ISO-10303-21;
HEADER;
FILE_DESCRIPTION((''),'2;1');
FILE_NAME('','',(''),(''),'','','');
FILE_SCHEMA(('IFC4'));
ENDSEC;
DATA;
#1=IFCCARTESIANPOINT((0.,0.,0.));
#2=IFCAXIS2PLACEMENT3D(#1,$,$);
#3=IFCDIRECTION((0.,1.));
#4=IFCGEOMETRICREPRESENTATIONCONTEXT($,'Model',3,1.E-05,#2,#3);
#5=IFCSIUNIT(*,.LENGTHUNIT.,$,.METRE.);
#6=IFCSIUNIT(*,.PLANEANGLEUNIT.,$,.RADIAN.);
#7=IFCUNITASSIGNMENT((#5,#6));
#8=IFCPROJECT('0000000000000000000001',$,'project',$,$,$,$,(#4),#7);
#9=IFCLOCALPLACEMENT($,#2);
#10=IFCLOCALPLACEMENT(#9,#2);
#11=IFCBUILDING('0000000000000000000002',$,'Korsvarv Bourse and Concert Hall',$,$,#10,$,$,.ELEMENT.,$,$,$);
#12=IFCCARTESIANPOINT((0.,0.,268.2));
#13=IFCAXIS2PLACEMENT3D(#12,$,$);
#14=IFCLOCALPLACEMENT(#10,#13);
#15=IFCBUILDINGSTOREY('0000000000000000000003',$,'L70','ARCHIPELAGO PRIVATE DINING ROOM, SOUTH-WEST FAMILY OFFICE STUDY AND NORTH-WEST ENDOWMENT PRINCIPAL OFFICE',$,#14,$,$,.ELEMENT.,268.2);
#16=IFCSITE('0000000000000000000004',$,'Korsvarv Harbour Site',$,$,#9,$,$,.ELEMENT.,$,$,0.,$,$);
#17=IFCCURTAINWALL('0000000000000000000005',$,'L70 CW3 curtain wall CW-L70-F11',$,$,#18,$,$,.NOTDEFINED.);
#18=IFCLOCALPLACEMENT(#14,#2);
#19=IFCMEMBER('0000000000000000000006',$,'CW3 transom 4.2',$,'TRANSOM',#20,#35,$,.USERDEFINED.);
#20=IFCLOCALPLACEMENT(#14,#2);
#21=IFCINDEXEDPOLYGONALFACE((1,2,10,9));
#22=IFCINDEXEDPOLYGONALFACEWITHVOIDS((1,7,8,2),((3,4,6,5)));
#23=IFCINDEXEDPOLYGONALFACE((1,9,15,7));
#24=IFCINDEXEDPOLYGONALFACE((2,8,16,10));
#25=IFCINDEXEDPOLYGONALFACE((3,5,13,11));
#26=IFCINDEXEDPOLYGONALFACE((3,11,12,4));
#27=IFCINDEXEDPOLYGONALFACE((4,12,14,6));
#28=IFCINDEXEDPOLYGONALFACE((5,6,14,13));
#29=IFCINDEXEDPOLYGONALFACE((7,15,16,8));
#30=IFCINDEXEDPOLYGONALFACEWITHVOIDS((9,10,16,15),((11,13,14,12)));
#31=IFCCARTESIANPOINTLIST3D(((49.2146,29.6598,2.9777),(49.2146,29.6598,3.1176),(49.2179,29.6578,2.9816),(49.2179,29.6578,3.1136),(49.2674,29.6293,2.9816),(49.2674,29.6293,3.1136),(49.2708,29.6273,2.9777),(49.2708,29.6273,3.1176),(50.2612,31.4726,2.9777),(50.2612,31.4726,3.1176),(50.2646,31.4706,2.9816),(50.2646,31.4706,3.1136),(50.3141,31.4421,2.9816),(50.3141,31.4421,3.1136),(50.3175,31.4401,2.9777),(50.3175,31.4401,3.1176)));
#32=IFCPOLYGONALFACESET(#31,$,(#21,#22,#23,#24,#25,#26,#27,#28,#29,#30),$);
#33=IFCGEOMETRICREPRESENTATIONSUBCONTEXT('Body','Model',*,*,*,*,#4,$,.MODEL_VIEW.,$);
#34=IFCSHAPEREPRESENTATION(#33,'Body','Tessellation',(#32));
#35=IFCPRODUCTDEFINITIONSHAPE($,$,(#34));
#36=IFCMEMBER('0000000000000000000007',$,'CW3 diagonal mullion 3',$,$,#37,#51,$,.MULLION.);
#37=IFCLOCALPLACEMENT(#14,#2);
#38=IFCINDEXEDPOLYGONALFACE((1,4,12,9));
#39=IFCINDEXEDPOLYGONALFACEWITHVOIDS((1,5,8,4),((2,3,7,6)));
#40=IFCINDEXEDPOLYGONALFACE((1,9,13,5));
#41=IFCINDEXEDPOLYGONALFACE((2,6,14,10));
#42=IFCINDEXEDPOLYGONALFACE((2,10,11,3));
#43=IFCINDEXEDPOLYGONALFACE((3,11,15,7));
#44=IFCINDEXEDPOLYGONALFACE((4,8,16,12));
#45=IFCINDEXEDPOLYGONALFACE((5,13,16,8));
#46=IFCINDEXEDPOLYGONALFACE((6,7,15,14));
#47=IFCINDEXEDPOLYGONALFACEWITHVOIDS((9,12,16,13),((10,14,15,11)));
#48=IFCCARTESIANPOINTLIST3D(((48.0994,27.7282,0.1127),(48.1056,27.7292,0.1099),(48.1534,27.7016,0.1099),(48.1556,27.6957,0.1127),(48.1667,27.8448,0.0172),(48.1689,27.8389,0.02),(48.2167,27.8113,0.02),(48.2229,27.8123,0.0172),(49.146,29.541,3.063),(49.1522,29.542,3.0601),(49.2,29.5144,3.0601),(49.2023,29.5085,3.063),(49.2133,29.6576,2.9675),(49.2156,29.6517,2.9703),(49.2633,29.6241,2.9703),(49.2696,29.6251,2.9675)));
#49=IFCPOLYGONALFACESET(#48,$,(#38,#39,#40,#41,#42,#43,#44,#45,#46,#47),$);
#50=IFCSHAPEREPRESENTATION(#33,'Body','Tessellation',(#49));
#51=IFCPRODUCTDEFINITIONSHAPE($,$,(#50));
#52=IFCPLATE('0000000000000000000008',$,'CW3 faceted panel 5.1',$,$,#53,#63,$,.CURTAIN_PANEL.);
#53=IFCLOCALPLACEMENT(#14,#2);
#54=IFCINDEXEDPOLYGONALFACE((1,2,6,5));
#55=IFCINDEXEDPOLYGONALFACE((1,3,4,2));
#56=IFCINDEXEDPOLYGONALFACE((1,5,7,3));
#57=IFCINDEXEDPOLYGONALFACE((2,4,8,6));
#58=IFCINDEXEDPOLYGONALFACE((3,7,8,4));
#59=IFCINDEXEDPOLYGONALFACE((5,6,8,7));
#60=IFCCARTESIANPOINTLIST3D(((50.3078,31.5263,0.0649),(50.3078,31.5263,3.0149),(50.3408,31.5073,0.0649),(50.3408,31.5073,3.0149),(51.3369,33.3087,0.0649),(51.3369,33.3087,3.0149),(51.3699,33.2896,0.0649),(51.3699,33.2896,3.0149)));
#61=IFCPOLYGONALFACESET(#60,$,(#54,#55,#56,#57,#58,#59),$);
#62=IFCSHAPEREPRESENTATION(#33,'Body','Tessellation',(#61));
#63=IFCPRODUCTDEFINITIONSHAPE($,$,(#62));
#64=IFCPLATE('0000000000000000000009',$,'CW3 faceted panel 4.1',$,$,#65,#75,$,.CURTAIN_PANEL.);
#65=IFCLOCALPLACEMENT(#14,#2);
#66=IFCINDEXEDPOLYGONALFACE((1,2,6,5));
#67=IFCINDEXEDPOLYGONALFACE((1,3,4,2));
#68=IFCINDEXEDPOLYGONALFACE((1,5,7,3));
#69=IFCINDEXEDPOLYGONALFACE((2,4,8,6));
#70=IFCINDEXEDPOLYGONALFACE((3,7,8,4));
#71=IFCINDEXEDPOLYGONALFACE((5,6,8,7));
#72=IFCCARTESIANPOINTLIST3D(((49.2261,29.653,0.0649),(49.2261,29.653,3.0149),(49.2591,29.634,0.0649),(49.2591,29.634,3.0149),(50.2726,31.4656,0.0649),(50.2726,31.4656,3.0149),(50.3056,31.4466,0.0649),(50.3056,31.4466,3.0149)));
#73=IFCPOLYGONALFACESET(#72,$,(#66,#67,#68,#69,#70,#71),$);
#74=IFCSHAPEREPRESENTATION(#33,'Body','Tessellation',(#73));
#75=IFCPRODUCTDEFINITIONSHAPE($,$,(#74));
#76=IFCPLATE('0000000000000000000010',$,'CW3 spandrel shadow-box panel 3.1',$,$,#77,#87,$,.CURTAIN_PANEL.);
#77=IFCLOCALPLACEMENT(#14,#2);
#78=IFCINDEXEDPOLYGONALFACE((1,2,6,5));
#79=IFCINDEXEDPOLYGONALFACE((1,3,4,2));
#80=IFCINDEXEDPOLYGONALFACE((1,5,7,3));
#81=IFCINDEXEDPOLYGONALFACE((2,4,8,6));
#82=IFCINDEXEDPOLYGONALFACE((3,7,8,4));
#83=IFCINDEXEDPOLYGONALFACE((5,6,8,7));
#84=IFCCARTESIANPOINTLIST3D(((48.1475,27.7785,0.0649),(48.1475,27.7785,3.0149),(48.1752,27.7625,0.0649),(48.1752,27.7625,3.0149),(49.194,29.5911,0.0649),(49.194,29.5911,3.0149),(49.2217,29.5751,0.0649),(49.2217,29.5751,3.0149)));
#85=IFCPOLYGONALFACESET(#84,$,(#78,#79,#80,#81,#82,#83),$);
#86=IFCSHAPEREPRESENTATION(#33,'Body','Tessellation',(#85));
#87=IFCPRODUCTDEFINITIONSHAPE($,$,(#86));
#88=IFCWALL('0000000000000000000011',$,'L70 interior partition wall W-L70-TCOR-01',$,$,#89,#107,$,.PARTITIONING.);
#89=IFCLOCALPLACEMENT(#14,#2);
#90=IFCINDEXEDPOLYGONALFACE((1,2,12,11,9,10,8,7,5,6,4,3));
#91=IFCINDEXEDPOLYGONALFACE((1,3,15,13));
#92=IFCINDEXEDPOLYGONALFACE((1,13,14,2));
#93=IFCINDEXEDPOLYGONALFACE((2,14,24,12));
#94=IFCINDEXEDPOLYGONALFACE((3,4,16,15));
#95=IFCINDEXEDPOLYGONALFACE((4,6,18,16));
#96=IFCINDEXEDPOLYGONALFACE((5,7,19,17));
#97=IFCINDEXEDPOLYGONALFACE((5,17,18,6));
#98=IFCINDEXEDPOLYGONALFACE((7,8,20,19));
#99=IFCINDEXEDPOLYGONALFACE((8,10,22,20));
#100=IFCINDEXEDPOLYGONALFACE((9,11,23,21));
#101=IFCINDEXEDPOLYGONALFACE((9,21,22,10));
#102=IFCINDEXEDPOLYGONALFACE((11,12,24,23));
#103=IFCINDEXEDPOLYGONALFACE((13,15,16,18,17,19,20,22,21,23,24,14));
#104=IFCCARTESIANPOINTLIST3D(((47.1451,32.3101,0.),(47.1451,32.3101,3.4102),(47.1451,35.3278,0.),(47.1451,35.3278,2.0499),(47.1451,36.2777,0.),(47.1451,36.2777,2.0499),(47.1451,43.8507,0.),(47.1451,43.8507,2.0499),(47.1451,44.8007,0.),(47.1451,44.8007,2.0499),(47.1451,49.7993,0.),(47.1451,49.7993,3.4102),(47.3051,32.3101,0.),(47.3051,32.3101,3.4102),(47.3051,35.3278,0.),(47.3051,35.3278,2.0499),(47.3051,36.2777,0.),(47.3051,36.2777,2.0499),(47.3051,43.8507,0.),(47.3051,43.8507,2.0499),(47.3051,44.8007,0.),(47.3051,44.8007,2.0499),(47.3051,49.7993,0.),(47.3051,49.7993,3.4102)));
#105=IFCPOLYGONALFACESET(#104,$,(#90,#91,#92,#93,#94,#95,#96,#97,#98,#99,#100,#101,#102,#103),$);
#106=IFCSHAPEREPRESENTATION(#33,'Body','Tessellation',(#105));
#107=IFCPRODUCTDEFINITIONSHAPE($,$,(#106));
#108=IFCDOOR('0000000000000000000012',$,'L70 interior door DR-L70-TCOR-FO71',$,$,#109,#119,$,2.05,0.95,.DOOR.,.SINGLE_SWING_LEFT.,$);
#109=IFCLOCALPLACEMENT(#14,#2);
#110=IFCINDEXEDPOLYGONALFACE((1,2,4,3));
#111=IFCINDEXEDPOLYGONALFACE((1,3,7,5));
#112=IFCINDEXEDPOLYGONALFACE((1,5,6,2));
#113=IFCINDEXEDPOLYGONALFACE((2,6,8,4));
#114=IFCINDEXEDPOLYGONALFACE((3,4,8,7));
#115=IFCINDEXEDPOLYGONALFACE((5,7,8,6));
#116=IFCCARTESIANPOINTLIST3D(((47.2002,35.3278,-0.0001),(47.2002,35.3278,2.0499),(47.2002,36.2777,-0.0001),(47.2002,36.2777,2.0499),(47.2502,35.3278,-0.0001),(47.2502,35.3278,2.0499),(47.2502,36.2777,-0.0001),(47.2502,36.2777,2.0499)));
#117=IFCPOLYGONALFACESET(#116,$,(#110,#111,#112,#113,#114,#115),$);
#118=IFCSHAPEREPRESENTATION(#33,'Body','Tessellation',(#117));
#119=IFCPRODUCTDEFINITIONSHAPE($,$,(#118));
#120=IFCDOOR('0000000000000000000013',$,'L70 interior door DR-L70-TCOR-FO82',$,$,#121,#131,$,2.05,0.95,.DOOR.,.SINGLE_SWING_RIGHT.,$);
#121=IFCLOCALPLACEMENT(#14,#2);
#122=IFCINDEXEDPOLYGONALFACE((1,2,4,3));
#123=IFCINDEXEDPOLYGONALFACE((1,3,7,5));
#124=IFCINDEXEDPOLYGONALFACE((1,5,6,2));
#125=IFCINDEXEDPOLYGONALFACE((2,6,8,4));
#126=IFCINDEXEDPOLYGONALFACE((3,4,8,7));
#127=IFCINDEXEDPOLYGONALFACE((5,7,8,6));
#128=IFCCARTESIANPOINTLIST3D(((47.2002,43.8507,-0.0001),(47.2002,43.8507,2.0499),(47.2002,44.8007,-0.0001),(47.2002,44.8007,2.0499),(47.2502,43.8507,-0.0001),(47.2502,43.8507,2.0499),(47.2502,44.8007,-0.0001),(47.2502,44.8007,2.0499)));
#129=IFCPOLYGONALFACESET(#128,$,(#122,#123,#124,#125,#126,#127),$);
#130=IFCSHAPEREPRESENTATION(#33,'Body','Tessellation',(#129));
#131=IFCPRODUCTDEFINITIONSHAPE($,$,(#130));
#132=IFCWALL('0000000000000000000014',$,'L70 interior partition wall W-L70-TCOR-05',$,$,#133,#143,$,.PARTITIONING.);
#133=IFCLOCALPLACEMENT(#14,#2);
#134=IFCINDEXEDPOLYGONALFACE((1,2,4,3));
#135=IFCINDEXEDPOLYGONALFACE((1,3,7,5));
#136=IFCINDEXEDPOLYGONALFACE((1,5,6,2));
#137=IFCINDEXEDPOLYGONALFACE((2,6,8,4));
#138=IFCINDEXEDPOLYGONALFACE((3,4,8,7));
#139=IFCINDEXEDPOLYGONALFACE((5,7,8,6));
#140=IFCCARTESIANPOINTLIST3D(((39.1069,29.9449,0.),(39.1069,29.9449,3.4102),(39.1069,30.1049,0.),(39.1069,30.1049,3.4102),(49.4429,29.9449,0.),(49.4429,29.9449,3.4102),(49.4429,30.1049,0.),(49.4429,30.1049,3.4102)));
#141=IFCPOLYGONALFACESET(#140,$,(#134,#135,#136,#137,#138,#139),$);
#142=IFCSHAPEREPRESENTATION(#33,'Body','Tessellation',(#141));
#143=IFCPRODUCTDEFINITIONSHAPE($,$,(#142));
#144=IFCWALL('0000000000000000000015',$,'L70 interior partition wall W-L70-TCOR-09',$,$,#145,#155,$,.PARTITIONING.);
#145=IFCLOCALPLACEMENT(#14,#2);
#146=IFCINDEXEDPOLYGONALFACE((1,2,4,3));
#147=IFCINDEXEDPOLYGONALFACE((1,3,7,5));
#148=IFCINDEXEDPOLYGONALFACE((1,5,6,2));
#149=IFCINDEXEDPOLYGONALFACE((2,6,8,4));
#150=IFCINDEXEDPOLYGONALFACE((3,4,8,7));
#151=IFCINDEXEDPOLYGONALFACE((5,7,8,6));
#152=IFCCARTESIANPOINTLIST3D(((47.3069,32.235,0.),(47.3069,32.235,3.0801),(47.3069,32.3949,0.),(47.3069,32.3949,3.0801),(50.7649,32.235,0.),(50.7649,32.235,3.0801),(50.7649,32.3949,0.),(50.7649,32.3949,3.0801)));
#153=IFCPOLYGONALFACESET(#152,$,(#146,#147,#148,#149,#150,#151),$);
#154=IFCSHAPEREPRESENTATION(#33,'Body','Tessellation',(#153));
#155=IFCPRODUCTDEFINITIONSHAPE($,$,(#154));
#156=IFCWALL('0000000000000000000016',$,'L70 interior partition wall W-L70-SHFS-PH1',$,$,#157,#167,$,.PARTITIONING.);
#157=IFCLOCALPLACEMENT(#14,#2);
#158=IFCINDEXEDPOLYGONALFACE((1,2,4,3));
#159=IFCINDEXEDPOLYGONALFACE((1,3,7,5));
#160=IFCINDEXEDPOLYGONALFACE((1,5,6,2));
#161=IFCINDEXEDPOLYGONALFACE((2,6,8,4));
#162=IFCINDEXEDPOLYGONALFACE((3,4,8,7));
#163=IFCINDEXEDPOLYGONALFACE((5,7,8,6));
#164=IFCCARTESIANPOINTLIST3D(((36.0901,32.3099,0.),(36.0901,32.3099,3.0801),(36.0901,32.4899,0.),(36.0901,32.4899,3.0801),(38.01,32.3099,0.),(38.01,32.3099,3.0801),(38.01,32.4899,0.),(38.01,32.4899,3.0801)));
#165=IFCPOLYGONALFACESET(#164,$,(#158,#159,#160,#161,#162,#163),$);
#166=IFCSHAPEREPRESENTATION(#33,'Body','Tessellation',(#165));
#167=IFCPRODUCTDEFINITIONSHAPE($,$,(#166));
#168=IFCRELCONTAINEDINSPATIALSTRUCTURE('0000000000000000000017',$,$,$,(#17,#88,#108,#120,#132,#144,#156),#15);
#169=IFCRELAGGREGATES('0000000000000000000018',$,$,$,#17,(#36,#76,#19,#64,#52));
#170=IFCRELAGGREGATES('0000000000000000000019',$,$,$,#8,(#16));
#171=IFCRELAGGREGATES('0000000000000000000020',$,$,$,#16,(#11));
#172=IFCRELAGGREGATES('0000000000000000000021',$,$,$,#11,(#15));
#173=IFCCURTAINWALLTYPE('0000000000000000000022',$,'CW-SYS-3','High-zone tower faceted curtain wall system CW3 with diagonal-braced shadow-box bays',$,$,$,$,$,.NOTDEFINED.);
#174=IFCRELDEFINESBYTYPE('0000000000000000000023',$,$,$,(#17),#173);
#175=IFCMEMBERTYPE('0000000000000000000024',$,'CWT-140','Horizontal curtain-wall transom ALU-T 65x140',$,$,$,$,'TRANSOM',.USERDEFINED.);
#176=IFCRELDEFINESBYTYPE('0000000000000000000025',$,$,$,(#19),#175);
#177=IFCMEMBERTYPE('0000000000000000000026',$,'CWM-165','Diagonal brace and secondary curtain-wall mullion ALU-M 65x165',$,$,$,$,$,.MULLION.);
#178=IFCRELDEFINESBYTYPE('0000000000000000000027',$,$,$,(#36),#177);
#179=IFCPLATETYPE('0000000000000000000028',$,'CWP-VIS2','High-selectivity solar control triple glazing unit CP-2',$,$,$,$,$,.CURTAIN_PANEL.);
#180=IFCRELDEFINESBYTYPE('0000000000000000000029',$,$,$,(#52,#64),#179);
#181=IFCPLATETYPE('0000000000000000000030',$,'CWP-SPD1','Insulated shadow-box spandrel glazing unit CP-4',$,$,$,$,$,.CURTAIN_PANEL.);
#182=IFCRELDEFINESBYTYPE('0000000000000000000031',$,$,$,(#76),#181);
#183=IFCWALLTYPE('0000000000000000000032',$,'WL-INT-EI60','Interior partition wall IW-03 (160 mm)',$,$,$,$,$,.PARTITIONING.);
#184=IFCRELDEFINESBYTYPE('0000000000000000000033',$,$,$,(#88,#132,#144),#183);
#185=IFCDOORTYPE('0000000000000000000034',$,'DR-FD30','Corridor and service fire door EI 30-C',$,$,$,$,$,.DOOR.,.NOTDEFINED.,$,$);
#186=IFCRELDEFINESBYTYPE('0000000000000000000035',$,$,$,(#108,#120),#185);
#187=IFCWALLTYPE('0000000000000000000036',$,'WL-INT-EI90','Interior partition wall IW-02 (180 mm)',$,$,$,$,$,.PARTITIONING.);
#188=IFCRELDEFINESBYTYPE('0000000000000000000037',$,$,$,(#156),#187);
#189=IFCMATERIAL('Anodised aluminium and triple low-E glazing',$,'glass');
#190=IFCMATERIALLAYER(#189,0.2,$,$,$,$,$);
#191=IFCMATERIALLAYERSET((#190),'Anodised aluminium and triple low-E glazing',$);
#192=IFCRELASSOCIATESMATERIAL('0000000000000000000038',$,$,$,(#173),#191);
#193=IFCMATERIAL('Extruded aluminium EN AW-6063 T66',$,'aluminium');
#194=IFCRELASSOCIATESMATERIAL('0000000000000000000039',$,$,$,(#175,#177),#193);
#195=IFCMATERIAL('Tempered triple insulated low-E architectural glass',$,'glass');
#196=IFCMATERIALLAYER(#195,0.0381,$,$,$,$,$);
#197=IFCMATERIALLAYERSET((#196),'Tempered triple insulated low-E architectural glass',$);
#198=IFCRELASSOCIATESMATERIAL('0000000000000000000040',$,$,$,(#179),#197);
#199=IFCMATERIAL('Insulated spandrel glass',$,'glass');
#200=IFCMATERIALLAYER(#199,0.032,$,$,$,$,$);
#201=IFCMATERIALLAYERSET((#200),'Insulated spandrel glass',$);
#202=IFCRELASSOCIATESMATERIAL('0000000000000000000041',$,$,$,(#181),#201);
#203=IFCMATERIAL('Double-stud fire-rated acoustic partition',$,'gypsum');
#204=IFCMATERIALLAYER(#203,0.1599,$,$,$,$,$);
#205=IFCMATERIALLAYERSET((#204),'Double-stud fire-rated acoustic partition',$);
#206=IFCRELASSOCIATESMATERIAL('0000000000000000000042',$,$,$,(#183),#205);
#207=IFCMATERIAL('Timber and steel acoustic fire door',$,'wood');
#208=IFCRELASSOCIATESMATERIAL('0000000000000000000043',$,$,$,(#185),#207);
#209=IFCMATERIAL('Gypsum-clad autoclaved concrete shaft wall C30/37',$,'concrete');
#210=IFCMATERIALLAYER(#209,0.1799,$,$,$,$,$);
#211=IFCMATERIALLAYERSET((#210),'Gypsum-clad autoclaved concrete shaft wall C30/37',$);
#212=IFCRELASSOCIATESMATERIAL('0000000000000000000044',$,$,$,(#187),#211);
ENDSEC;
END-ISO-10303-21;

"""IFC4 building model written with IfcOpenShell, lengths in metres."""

from ifc_helpers import new_model, si_unit, direction, frame, frame_2d, origin, origin_2d, place, context, subcontext, project, spatial, rectangle, hollow_rectangle, extrude, source, transform, mapped, material, layer, layer_set, material_profile, profile_set, type_object, element, fill, aggregate, save


model = new_model("IFC4")

# Units and contexts
model_context = context("Model", 3, precision=1e-05, world=origin(), true_north=direction((0.0, 1.0)))
body_context = subcontext(model_context, "Body", "Model", "MODEL_VIEW")
ifc_project = project(units=[si_unit("LENGTHUNIT", "METRE"), si_unit("PLANEANGLEUNIT", "RADIAN")], contexts=[model_context])

# Site, building, storey
site_placement = place(None, origin())
site = spatial("IfcSite", under=ifc_project, at=site_placement, Name="Korsvarv Harbour Site", CompositionType="ELEMENT", RefElevation=0.0)
building_placement = place(site_placement, origin())
building = spatial("IfcBuilding", under=site, at=building_placement, Name="Korsvarv Bourse and Concert Hall", CompositionType="ELEMENT")
storey_placement = place(building_placement, frame((0.0, 0.0, 268.2)))
storey = spatial("IfcBuildingStorey", under=building, at=storey_placement, Name="L70", Description="ARCHIPELAGO PRIVATE DINING ROOM, SOUTH-WEST FAMILY OFFICE STUDY AND NORTH-WEST ENDOWMENT PRINCIPAL OFFICE", CompositionType="ELEMENT", Elevation=268.2)

# Curtain wall, members, plates
ifc_material_1 = material(Name="Anodised aluminium and triple low-E glazing", Category="glass")
ifc_layer_1 = layer(ifc_material_1, 0.2)
ifc_layer_set_1 = layer_set([ifc_layer_1], Name="Anodised aluminium and triple low-E glazing")
curtain_wall_type = type_object("IfcCurtainWallType", Name="CW-SYS-3", Description="High-zone tower faceted curtain wall system CW3 with diagonal-braced shadow-box bays", PredefinedType="NOTDEFINED", material=ifc_layer_set_1)
curtain_wall_placement = place(storey_placement, origin())
curtain_wall = element("IfcCurtainWall", 1, at=curtain_wall_placement, inside=storey, type_object=curtain_wall_type, Name="L70 CW3 curtain wall CW-L70-F11", PredefinedType="NOTDEFINED")
ifc_material_2 = material(Name="Extruded aluminium EN AW-6063 T66", Category="aluminium")
ifc_material_profile_1 = material_profile(ifc_material_2, hollow_rectangle(XDim=0.0649, YDim=0.1399, WallThickness=0.0039, at=origin_2d()), Name="ALU-T 65x140")
ifc_profile_set_1 = profile_set([ifc_material_profile_1], Name="Extruded aluminium EN AW-6063 T66")
member_type_1 = type_object("IfcMemberType", Name="CWT-140", Description="Horizontal curtain-wall transom ALU-T 65x140", ElementType="TRANSOM", PredefinedType="USERDEFINED", material=ifc_profile_set_1)
shared_shape_1 = source(origin(), body_context, "Body", "SweptSolid", [
    extrude(hollow_rectangle(XDim=0.0649, YDim=0.1399, WallThickness=0.0039, at=origin_2d()), origin(), (0.0, 0.0, 1.0), 2.0933),
])
member_1_placement = place(storey_placement, frame((49.2427, 29.6436, 3.0476), z_axis=(0.500015, 0.866017, 0.0), x_axis=(-0.866017, 0.500015, 0.0)))
member_1 = element("IfcMember", 2, at=member_1_placement, type_object=member_type_1, Name="CW3 transom 4.2", ObjectType="TRANSOM", PredefinedType="USERDEFINED", context=body_context, shape_type="MappedRepresentation", body=[
    mapped(shared_shape_1, transform((0.0, 0.0, 0.0), scale=1.0)),
])
ifc_material_profile_2 = material_profile(ifc_material_2, hollow_rectangle(XDim=0.0649, YDim=0.165, WallThickness=0.0049, at=origin_2d()), Name="ALU-M 65x165")
ifc_profile_set_2 = profile_set([ifc_material_profile_2], Name="Extruded aluminium EN AW-6063 T66")
member_type_2 = type_object("IfcMemberType", Name="CWM-165", Description="Diagonal brace and secondary curtain-wall mullion ALU-M 65x165", PredefinedType="MULLION", material=ifc_profile_set_2)
shared_shape_2 = source(origin(), body_context, "Body", "SweptSolid", [
    extrude(hollow_rectangle(XDim=0.0649, YDim=0.165, WallThickness=0.0049, at=origin_2d()), origin(), (0.0, 0.0, 1.0), 3.6174),
])
member_2_placement = place(storey_placement, frame((48.1611, 27.7703, 0.0649), z_axis=(0.289337, 0.501127, 0.815571), x_axis=(-0.866017, 0.500015, 0.0)))
member_2 = element("IfcMember", 3, at=member_2_placement, type_object=member_type_2, Name="CW3 diagonal mullion 3", PredefinedType="MULLION", context=body_context, shape_type="MappedRepresentation", body=[
    mapped(shared_shape_2, transform((0.0, 0.0, 0.0), scale=1.0)),
])
ifc_material_3 = material(Name="Tempered triple insulated low-E architectural glass", Category="glass")
ifc_layer_2 = layer(ifc_material_3, 0.0381)
ifc_layer_set_2 = layer_set([ifc_layer_2], Name="Tempered triple insulated low-E architectural glass")
plate_type_1 = type_object("IfcPlateType", Name="CWP-VIS2", Description="High-selectivity solar control triple glazing unit CP-2", PredefinedType="CURTAIN_PANEL", material=ifc_layer_set_2)
shared_shape_3 = source(origin(), body_context, "Body", "SweptSolid", [
    extrude(rectangle(XDim=2.0581, YDim=0.0381, at=origin_2d()), origin(), (0.0, 0.0, 1.0), 2.95),
])
plate_1_placement = place(storey_placement, frame((50.8389, 32.408, 0.0649), z_axis=(0.0, 0.0, 1.0), x_axis=(0.500004, 0.866023, 0.0)))
plate_1 = element("IfcPlate", 4, at=plate_1_placement, type_object=plate_type_1, Name="CW3 faceted panel 5.1", PredefinedType="CURTAIN_PANEL", context=body_context, shape_type="MappedRepresentation", body=[
    mapped(shared_shape_3, transform((0.0, 0.0, 0.0), scale=1.0)),
])
shared_shape_4 = source(origin(), body_context, "Body", "SweptSolid", [
    extrude(rectangle(XDim=2.093, YDim=0.0381, at=origin_2d()), origin(), (0.0, 0.0, 1.0), 2.95),
])
plate_2_placement = place(storey_placement, frame((49.7659, 30.5498, 0.0649), z_axis=(0.0, 0.0, 1.0), x_axis=(0.500004, 0.866023, 0.0)))
plate_2 = element("IfcPlate", 5, at=plate_2_placement, type_object=plate_type_1, Name="CW3 faceted panel 4.1", PredefinedType="CURTAIN_PANEL", context=body_context, shape_type="MappedRepresentation", body=[
    mapped(shared_shape_4, transform((0.0, 0.0, 0.0), scale=1.0)),
])
ifc_material_4 = material(Name="Insulated spandrel glass", Category="glass")
ifc_layer_3 = layer(ifc_material_4, 0.032)
ifc_layer_set_3 = layer_set([ifc_layer_3], Name="Insulated spandrel glass")
plate_type_2 = type_object("IfcPlateType", Name="CWP-SPD1", Description="Insulated shadow-box spandrel glazing unit CP-4", PredefinedType="CURTAIN_PANEL", material=ifc_layer_set_3)
shared_shape_5 = source(origin(), body_context, "Body", "SweptSolid", [
    extrude(rectangle(XDim=2.093, YDim=0.032, at=origin_2d()), origin(), (0.0, 0.0, 1.0), 2.95),
])
plate_3_placement = place(storey_placement, frame((48.6846, 28.6768, 0.0649), z_axis=(0.0, 0.0, 1.0), x_axis=(0.500004, 0.866023, 0.0)))
plate_3 = element("IfcPlate", 6, at=plate_3_placement, type_object=plate_type_2, Name="CW3 spandrel shadow-box panel 3.1", PredefinedType="CURTAIN_PANEL", context=body_context, shape_type="MappedRepresentation", body=[
    mapped(shared_shape_5, transform((0.0, 0.0, 0.0), scale=1.0)),
])
aggregate(curtain_wall, [member_2, plate_3, member_1, plate_2, plate_1])

# Wall, openings, doors
ifc_material_5 = material(Name="Double-stud fire-rated acoustic partition", Category="gypsum")
ifc_layer_4 = layer(ifc_material_5, 0.1599)
ifc_layer_set_4 = layer_set([ifc_layer_4], Name="Double-stud fire-rated acoustic partition")
wall_type_1 = type_object("IfcWallType", Name="WL-INT-EI60", Description="Interior partition wall IW-03 (160 mm)", PredefinedType="PARTITIONING", material=ifc_layer_set_4)
wall_1_placement = place(storey_placement, frame((47.2251, 32.3101, 0.0), z_axis=(0.0, 0.0, 1.0), x_axis=(0.0, 1.0, 0.0)))
wall_1 = element("IfcWall", 7, at=wall_1_placement, inside=storey, type_object=wall_type_1, Name="L70 interior partition wall W-L70-TCOR-01", PredefinedType="PARTITIONING", context=body_context, shape_type="SweptSolid", body=[
    extrude(rectangle(XDim=17.4893, YDim=0.1599, at=frame_2d((8.7446, 0.0))), origin(), (0.0, 0.0, 1.0), 3.4102),
])
opening_1_placement = place(wall_1_placement, frame((3.0176, 0.0, 0.0)))
opening_1 = element("IfcOpeningElement", 8, at=opening_1_placement, cuts=wall_1, PredefinedType="OPENING", context=body_context, shape_type="SweptSolid", body=[
    extrude(rectangle(XDim=0.95, YDim=2.05, at=frame_2d((0.4751, 1.0249))), frame((0.0, 0.0898, 0.0), z_axis=(0.0, -1.0, 0.0), x_axis=(1.0, 0.0, 0.0)), (0.0, 0.0, 1.0), 0.1799),
])
opening_2_placement = place(wall_1_placement, frame((11.5405, 0.0, 0.0)))
opening_2 = element("IfcOpeningElement", 9, at=opening_2_placement, cuts=wall_1, PredefinedType="OPENING", context=body_context, shape_type="SweptSolid", body=[
    extrude(rectangle(XDim=0.95, YDim=2.05, at=frame_2d((0.4751, 1.0249))), frame((0.0, 0.0898, 0.0), z_axis=(0.0, -1.0, 0.0), x_axis=(1.0, 0.0, 0.0)), (0.0, 0.0, 1.0), 0.1799),
])
ifc_material_6 = material(Name="Timber and steel acoustic fire door", Category="wood")
door_type = type_object("IfcDoorType", Name="DR-FD30", Description="Corridor and service fire door EI 30-C", OperationType="NOTDEFINED", PredefinedType="DOOR", material=ifc_material_6)
door_1_placement = place(opening_1_placement, origin())
door_1 = element("IfcDoor", 10, at=door_1_placement, inside=storey, type_object=door_type, Name="L70 interior door DR-L70-TCOR-FO71", OperationType="SINGLE_SWING_LEFT", OverallHeight=2.05, OverallWidth=0.95, PredefinedType="DOOR", context=body_context, shape_type="SweptSolid", body=[
    extrude(rectangle(XDim=0.95, YDim=2.05, at=frame_2d((0.4751, 1.0249))), frame((0.0, 0.0249, 0.0), z_axis=(0.0, -1.0, 0.0), x_axis=(1.0, 0.0, 0.0)), (0.0, 0.0, 1.0), 0.05),
])
fill(opening_1, door_1)
door_2_placement = place(opening_2_placement, origin())
door_2 = element("IfcDoor", 11, at=door_2_placement, inside=storey, type_object=door_type, Name="L70 interior door DR-L70-TCOR-FO82", OperationType="SINGLE_SWING_RIGHT", OverallHeight=2.05, OverallWidth=0.95, PredefinedType="DOOR", context=body_context, shape_type="SweptSolid", body=[
    extrude(rectangle(XDim=0.95, YDim=2.05, at=frame_2d((0.4751, 1.0249))), frame((0.0, 0.0249, 0.0), z_axis=(0.0, -1.0, 0.0), x_axis=(1.0, 0.0, 0.0)), (0.0, 0.0, 1.0), 0.05),
])
fill(opening_2, door_2)

# Walls
wall_2_placement = place(storey_placement, frame((39.1069, 30.0249, 0.0), z_axis=(0.0, 0.0, 1.0), x_axis=(1.0, 0.0, 0.0)))
element("IfcWall", 12, at=wall_2_placement, inside=storey, type_object=wall_type_1, Name="L70 interior partition wall W-L70-TCOR-05", PredefinedType="PARTITIONING", context=body_context, shape_type="SweptSolid", body=[
    extrude(rectangle(XDim=10.3359, YDim=0.1599, at=frame_2d((5.168, 0.0))), origin(), (0.0, 0.0, 1.0), 3.4102),
])
wall_3_placement = place(storey_placement, frame((47.3069, 32.3149, 0.0), z_axis=(0.0, 0.0, 1.0), x_axis=(1.0, 0.0, 0.0)))
element("IfcWall", 13, at=wall_3_placement, inside=storey, type_object=wall_type_1, Name="L70 interior partition wall W-L70-TCOR-09", PredefinedType="PARTITIONING", context=body_context, shape_type="SweptSolid", body=[
    extrude(rectangle(XDim=3.458, YDim=0.1599, at=frame_2d((1.729, 0.0))), origin(), (0.0, 0.0, 1.0), 3.0801),
])
ifc_material_7 = material(Name="Gypsum-clad autoclaved concrete shaft wall C30/37", Category="concrete")
ifc_layer_5 = layer(ifc_material_7, 0.1799)
ifc_layer_set_5 = layer_set([ifc_layer_5], Name="Gypsum-clad autoclaved concrete shaft wall C30/37")
wall_type_2 = type_object("IfcWallType", Name="WL-INT-EI90", Description="Interior partition wall IW-02 (180 mm)", PredefinedType="PARTITIONING", material=ifc_layer_set_5)
wall_4_placement = place(storey_placement, frame((36.0901, 32.3999, 0.0), z_axis=(0.0, 0.0, 1.0), x_axis=(1.0, 0.0, 0.0)))
element("IfcWall", 14, at=wall_4_placement, inside=storey, type_object=wall_type_2, Name="L70 interior partition wall W-L70-SHFS-PH1", PredefinedType="PARTITIONING", context=body_context, shape_type="SweptSolid", body=[
    extrude(rectangle(XDim=1.9199, YDim=0.1799, at=frame_2d((0.96, 0.0))), origin(), (0.0, 0.0, 1.0), 3.0801),
])

save(model, "model.ifc")
